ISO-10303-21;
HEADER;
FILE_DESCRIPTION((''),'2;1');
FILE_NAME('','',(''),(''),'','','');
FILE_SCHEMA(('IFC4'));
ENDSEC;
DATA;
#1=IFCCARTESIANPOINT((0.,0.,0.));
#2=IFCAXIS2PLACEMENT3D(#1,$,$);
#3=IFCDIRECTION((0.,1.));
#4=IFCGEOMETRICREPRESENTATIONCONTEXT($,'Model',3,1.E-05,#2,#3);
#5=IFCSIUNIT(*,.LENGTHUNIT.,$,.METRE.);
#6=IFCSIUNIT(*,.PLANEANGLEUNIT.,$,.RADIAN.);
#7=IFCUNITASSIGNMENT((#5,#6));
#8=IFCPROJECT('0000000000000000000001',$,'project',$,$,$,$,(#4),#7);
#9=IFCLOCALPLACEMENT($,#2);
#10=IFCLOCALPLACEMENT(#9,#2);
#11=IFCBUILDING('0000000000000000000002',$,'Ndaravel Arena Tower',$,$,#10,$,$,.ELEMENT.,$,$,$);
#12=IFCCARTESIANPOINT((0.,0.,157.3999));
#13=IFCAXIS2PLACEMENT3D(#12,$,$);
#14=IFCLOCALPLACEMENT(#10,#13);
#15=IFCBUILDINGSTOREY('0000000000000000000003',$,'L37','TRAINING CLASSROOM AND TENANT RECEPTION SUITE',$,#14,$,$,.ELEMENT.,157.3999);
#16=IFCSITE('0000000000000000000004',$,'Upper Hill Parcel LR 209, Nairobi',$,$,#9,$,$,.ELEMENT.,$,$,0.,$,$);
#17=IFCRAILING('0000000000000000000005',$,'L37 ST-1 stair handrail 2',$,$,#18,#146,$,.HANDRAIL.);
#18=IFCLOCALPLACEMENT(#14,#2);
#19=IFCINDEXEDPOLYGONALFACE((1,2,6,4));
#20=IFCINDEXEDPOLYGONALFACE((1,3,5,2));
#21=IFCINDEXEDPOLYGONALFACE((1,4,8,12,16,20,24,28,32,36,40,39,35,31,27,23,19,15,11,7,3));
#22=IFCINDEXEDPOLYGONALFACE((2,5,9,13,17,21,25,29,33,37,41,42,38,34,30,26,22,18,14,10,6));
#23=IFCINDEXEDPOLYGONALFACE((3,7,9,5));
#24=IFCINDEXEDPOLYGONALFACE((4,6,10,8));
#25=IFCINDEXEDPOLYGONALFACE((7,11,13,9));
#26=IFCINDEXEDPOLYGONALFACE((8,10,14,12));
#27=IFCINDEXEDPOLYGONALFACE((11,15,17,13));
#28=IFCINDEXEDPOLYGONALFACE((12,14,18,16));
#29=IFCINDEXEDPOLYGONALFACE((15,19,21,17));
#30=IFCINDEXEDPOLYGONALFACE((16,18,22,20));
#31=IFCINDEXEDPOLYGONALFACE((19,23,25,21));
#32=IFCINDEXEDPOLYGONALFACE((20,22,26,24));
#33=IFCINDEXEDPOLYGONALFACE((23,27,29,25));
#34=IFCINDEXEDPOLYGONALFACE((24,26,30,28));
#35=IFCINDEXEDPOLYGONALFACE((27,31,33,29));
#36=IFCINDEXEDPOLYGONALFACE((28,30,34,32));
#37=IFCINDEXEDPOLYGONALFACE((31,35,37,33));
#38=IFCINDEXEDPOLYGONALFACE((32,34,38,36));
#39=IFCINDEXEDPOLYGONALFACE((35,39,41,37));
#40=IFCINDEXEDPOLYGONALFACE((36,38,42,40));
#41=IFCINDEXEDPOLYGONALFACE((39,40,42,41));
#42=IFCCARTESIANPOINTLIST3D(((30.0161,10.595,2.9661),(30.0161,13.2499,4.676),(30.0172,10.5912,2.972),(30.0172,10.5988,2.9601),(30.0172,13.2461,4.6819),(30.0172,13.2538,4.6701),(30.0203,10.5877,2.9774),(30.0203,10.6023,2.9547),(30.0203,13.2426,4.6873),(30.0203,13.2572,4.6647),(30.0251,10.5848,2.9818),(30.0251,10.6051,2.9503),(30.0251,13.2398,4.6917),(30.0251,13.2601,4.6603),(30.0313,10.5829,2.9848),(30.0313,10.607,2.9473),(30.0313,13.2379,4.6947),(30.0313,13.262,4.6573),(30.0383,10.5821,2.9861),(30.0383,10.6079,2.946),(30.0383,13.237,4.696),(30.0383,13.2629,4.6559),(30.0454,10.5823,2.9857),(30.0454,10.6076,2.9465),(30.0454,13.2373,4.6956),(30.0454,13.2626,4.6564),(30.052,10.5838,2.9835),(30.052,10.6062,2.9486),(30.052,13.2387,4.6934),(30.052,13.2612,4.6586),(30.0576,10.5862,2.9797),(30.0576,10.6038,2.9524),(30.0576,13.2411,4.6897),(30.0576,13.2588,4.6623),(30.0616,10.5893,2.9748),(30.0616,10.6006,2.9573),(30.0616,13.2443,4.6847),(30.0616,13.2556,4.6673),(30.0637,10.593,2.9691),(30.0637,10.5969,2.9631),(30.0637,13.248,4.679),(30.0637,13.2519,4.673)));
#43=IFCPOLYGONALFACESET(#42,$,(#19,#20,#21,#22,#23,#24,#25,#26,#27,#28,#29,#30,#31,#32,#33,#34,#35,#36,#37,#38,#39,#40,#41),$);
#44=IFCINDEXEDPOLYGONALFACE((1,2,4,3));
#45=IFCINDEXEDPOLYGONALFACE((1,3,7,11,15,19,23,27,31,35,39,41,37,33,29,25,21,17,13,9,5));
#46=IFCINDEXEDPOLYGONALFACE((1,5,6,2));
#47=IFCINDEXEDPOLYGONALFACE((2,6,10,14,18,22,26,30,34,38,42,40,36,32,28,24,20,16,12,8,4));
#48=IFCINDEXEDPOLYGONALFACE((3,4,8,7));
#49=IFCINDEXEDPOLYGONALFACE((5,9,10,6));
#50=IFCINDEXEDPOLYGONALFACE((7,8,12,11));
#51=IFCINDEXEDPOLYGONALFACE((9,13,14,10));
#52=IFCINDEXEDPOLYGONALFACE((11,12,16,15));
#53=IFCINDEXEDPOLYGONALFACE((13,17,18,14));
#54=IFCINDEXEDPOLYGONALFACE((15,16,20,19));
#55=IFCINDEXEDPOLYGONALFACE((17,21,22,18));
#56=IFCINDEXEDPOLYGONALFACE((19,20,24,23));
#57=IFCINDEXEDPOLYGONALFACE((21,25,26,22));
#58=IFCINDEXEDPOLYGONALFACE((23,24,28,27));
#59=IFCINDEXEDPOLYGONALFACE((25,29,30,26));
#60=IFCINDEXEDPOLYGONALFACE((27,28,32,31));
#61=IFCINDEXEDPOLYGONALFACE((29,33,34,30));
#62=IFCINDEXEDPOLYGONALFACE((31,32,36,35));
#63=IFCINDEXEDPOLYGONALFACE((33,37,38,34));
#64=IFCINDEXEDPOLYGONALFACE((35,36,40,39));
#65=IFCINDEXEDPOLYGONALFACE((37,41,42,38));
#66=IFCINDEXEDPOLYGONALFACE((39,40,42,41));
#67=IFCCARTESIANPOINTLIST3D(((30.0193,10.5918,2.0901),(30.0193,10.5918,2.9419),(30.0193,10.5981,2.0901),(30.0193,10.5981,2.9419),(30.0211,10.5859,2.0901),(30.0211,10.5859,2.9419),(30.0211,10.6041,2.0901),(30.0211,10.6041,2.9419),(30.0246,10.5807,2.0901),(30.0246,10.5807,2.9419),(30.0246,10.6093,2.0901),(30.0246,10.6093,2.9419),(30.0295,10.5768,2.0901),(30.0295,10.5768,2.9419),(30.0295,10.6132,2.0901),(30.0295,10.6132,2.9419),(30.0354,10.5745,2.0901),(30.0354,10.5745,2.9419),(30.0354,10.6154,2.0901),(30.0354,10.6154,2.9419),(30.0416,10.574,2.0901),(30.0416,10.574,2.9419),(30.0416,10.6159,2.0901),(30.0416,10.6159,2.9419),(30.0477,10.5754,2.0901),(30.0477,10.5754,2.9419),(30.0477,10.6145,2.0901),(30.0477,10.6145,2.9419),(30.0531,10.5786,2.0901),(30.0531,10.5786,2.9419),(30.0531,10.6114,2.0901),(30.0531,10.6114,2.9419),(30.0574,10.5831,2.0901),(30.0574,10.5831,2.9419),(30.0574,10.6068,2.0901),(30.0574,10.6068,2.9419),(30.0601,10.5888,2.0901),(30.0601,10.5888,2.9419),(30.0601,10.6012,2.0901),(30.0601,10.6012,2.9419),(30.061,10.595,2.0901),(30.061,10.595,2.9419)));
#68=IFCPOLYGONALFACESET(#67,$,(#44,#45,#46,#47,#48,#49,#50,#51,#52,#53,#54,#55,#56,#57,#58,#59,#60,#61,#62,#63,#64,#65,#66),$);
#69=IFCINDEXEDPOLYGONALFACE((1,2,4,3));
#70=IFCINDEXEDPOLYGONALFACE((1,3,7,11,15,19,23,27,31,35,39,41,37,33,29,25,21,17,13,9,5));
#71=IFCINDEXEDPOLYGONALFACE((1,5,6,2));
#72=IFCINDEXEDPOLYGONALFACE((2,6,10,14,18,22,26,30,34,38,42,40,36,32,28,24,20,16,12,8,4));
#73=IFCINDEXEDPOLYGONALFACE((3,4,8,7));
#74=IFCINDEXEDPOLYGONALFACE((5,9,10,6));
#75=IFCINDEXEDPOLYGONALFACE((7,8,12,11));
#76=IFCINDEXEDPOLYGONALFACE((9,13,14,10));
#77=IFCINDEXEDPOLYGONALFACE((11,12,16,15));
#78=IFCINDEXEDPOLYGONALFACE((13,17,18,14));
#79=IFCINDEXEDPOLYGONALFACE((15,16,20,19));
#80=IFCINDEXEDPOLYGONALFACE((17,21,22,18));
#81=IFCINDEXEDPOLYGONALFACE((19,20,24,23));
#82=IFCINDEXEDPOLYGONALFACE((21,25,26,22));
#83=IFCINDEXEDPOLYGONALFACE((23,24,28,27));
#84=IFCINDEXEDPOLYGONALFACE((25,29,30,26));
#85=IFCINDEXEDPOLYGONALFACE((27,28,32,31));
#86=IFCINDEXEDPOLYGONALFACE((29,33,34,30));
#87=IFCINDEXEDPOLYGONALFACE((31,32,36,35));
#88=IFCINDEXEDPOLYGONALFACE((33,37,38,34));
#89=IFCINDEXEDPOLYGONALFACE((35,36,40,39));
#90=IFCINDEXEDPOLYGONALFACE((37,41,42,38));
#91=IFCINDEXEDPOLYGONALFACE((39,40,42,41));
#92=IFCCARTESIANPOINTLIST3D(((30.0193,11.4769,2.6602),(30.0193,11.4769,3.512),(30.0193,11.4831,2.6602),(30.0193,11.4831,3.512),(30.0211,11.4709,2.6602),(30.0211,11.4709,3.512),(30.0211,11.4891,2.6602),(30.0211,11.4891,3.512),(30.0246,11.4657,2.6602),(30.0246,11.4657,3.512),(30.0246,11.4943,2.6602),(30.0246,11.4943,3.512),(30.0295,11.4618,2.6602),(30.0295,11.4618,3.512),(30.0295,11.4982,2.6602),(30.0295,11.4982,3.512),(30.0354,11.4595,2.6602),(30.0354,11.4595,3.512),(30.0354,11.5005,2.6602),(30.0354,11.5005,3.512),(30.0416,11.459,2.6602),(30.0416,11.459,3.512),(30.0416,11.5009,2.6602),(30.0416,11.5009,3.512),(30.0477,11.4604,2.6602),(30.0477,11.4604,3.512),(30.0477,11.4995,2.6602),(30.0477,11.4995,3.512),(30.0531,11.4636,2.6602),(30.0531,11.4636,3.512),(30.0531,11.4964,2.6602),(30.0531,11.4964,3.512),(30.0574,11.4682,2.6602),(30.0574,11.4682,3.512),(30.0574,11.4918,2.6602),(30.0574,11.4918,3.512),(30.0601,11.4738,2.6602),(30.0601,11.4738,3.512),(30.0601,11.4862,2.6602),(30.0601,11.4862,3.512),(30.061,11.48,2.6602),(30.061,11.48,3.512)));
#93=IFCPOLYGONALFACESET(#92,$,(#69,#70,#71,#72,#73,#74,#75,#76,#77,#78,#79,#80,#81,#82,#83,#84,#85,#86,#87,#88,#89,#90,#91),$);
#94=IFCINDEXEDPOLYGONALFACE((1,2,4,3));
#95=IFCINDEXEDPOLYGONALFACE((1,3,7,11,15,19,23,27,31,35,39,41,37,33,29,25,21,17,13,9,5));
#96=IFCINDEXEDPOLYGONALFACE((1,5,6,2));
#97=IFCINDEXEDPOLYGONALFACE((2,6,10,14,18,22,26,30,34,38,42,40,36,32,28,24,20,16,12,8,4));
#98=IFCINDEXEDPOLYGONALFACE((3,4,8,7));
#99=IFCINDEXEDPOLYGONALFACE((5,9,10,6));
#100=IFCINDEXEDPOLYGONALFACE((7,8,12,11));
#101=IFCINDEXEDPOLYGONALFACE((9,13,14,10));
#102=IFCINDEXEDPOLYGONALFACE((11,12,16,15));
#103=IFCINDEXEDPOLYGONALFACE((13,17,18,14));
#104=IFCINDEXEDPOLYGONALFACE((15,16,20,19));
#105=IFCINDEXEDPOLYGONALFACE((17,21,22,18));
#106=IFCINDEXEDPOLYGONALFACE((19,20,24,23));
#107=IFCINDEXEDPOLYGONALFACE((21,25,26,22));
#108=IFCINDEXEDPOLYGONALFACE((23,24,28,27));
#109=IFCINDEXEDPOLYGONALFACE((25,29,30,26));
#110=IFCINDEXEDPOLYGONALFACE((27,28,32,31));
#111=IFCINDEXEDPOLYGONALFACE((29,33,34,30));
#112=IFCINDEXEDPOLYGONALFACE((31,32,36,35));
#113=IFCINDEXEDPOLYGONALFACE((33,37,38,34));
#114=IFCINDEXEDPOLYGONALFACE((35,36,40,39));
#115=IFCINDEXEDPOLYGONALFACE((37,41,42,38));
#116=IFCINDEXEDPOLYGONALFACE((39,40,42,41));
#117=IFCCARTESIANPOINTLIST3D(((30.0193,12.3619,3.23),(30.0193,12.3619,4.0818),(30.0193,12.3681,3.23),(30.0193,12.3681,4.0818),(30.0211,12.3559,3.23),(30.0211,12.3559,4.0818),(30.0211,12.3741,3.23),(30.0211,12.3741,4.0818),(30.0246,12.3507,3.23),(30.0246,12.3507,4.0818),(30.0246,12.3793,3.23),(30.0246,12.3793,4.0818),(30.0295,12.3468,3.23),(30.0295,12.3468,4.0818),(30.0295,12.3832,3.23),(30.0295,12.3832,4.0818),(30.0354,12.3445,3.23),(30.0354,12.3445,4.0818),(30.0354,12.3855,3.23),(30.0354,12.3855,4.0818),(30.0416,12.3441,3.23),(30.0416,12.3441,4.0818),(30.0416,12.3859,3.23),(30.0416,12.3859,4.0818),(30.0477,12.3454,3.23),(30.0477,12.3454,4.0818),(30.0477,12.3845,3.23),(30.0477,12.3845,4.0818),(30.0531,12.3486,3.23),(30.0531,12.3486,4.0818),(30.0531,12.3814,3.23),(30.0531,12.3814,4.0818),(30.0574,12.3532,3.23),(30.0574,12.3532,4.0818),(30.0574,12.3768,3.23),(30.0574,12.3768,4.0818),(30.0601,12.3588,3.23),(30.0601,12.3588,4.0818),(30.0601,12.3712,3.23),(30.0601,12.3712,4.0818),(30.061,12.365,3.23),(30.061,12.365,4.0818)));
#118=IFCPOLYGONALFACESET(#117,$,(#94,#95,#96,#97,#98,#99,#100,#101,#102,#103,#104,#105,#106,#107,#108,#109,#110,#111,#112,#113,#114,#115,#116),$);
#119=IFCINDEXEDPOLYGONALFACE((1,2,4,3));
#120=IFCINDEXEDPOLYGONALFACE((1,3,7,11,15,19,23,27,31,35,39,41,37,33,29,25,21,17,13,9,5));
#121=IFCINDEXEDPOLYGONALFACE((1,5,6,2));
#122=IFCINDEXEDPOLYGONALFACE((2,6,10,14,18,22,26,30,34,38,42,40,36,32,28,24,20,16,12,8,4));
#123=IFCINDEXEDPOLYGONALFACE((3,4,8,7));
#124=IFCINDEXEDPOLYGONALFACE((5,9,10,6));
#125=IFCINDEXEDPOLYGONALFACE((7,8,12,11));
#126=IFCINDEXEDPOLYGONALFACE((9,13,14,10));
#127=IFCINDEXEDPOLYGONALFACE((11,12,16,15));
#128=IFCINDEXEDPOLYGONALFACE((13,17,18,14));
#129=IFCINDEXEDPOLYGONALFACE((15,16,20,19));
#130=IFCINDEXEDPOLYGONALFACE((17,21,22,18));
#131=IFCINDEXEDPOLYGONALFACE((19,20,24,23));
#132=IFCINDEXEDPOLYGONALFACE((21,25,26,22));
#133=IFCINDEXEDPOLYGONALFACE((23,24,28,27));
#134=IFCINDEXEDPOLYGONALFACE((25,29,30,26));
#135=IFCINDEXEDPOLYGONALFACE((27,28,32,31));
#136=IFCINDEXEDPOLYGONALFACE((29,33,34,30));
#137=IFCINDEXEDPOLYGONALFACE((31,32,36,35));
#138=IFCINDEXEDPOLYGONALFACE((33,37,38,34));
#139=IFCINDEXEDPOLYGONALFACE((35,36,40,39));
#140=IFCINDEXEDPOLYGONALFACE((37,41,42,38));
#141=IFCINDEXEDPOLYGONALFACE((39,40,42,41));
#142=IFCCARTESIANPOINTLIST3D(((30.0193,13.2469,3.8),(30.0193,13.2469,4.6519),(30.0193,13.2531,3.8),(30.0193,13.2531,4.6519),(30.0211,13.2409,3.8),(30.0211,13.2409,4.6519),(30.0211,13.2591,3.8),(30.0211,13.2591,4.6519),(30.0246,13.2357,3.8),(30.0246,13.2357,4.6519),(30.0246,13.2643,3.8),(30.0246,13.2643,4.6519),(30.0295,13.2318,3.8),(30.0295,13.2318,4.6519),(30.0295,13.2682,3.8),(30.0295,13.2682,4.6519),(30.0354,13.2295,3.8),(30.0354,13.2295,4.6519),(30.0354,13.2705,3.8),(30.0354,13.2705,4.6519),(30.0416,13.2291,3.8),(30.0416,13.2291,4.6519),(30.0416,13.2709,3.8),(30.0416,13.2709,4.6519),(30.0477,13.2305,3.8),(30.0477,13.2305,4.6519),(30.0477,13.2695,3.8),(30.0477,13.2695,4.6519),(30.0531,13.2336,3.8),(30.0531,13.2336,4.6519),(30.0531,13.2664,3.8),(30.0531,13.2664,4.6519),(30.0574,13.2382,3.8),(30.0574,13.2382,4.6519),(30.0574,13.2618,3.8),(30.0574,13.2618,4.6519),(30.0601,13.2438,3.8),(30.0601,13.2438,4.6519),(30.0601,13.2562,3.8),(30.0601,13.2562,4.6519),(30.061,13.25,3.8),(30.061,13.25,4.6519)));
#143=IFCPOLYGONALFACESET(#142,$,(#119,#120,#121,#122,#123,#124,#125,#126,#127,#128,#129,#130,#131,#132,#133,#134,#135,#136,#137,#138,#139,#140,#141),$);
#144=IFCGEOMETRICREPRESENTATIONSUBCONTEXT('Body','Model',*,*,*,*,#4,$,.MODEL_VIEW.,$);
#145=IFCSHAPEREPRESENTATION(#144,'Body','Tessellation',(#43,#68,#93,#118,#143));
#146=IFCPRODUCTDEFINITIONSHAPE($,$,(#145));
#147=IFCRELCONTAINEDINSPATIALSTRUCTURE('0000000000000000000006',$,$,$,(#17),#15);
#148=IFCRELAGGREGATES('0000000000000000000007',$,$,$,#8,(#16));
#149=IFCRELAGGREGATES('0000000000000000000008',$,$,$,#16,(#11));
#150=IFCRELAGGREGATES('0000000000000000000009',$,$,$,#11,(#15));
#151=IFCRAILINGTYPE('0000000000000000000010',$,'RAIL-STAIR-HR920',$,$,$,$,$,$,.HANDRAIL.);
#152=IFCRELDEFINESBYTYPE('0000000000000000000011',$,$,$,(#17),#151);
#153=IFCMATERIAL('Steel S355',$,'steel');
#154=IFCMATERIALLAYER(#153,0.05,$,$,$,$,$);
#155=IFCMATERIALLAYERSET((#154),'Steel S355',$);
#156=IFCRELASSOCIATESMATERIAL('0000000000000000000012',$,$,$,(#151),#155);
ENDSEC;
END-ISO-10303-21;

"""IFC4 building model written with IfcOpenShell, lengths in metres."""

from ifc_helpers import new_model, si_unit, direction, frame, origin, origin_2d, place, context, subcontext, project, spatial, circle, extrude, material, layer, layer_set, type_object, element, save


model = new_model("IFC4")

# Units and contexts
model_context = context("Model", 3, precision=1e-05, world=origin(), true_north=direction((0.0, 1.0)))
body_context = subcontext(model_context, "Body", "Model", "MODEL_VIEW")
ifc_project = project(units=[si_unit("LENGTHUNIT", "METRE"), si_unit("PLANEANGLEUNIT", "RADIAN")], contexts=[model_context])

# Site, building, storey
site_placement = place(None, origin())
site = spatial("IfcSite", under=ifc_project, at=site_placement, Name="Upper Hill Parcel LR 209, Nairobi", CompositionType="ELEMENT", RefElevation=0.0)
building_placement = place(site_placement, origin())
building = spatial("IfcBuilding", under=site, at=building_placement, Name="Ndaravel Arena Tower", CompositionType="ELEMENT")
storey_placement = place(building_placement, frame((0.0, 0.0, 157.3999)))
storey = spatial("IfcBuildingStorey", under=building, at=storey_placement, Name="L37", Description="TRAINING CLASSROOM AND TENANT RECEPTION SUITE", CompositionType="ELEMENT", Elevation=157.3999)

# Railing
ifc_material_1 = material(Name="Steel S355", Category="steel")
ifc_layer_1 = layer(ifc_material_1, 0.05)
ifc_layer_set_1 = layer_set([ifc_layer_1], Name="Steel S355")
railing_type_1 = type_object("IfcRailingType", Name="RAIL-STAIR-HR920", PredefinedType="HANDRAIL", material=ifc_layer_set_1)
railing_1_placement = place(storey_placement, frame((30.04, 10.595, 2.0901)))
element("IfcRailing", 1, at=railing_1_placement, inside=storey, type_object=railing_type_1, Name="L37 ST-1 stair handrail 2", PredefinedType="HANDRAIL", context=body_context, shape_type="SweptSolid", body=[
    extrude(circle(Radius=0.0239, at=origin_2d()), frame((0.0, 0.0, 0.876), z_axis=(0.0, 0.840724, 0.541465), x_axis=(-1.0, 0.0, 0.0)), (0.0, 0.0, 1.0), 3.158),
    extrude(circle(Radius=0.021, at=origin_2d()), origin(), (0.0, 0.0, 1.0), 0.8518),
    extrude(circle(Radius=0.021, at=origin_2d()), frame((0.0, 0.885, 0.5701)), (0.0, 0.0, 1.0), 0.8518),
    extrude(circle(Radius=0.021, at=origin_2d()), frame((0.0, 1.77, 1.1399)), (0.0, 0.0, 1.0), 0.8518),
    extrude(circle(Radius=0.021, at=origin_2d()), frame((0.0, 2.655, 1.71)), (0.0, 0.0, 1.0), 0.8518),
])

save(model, "model.ifc")
